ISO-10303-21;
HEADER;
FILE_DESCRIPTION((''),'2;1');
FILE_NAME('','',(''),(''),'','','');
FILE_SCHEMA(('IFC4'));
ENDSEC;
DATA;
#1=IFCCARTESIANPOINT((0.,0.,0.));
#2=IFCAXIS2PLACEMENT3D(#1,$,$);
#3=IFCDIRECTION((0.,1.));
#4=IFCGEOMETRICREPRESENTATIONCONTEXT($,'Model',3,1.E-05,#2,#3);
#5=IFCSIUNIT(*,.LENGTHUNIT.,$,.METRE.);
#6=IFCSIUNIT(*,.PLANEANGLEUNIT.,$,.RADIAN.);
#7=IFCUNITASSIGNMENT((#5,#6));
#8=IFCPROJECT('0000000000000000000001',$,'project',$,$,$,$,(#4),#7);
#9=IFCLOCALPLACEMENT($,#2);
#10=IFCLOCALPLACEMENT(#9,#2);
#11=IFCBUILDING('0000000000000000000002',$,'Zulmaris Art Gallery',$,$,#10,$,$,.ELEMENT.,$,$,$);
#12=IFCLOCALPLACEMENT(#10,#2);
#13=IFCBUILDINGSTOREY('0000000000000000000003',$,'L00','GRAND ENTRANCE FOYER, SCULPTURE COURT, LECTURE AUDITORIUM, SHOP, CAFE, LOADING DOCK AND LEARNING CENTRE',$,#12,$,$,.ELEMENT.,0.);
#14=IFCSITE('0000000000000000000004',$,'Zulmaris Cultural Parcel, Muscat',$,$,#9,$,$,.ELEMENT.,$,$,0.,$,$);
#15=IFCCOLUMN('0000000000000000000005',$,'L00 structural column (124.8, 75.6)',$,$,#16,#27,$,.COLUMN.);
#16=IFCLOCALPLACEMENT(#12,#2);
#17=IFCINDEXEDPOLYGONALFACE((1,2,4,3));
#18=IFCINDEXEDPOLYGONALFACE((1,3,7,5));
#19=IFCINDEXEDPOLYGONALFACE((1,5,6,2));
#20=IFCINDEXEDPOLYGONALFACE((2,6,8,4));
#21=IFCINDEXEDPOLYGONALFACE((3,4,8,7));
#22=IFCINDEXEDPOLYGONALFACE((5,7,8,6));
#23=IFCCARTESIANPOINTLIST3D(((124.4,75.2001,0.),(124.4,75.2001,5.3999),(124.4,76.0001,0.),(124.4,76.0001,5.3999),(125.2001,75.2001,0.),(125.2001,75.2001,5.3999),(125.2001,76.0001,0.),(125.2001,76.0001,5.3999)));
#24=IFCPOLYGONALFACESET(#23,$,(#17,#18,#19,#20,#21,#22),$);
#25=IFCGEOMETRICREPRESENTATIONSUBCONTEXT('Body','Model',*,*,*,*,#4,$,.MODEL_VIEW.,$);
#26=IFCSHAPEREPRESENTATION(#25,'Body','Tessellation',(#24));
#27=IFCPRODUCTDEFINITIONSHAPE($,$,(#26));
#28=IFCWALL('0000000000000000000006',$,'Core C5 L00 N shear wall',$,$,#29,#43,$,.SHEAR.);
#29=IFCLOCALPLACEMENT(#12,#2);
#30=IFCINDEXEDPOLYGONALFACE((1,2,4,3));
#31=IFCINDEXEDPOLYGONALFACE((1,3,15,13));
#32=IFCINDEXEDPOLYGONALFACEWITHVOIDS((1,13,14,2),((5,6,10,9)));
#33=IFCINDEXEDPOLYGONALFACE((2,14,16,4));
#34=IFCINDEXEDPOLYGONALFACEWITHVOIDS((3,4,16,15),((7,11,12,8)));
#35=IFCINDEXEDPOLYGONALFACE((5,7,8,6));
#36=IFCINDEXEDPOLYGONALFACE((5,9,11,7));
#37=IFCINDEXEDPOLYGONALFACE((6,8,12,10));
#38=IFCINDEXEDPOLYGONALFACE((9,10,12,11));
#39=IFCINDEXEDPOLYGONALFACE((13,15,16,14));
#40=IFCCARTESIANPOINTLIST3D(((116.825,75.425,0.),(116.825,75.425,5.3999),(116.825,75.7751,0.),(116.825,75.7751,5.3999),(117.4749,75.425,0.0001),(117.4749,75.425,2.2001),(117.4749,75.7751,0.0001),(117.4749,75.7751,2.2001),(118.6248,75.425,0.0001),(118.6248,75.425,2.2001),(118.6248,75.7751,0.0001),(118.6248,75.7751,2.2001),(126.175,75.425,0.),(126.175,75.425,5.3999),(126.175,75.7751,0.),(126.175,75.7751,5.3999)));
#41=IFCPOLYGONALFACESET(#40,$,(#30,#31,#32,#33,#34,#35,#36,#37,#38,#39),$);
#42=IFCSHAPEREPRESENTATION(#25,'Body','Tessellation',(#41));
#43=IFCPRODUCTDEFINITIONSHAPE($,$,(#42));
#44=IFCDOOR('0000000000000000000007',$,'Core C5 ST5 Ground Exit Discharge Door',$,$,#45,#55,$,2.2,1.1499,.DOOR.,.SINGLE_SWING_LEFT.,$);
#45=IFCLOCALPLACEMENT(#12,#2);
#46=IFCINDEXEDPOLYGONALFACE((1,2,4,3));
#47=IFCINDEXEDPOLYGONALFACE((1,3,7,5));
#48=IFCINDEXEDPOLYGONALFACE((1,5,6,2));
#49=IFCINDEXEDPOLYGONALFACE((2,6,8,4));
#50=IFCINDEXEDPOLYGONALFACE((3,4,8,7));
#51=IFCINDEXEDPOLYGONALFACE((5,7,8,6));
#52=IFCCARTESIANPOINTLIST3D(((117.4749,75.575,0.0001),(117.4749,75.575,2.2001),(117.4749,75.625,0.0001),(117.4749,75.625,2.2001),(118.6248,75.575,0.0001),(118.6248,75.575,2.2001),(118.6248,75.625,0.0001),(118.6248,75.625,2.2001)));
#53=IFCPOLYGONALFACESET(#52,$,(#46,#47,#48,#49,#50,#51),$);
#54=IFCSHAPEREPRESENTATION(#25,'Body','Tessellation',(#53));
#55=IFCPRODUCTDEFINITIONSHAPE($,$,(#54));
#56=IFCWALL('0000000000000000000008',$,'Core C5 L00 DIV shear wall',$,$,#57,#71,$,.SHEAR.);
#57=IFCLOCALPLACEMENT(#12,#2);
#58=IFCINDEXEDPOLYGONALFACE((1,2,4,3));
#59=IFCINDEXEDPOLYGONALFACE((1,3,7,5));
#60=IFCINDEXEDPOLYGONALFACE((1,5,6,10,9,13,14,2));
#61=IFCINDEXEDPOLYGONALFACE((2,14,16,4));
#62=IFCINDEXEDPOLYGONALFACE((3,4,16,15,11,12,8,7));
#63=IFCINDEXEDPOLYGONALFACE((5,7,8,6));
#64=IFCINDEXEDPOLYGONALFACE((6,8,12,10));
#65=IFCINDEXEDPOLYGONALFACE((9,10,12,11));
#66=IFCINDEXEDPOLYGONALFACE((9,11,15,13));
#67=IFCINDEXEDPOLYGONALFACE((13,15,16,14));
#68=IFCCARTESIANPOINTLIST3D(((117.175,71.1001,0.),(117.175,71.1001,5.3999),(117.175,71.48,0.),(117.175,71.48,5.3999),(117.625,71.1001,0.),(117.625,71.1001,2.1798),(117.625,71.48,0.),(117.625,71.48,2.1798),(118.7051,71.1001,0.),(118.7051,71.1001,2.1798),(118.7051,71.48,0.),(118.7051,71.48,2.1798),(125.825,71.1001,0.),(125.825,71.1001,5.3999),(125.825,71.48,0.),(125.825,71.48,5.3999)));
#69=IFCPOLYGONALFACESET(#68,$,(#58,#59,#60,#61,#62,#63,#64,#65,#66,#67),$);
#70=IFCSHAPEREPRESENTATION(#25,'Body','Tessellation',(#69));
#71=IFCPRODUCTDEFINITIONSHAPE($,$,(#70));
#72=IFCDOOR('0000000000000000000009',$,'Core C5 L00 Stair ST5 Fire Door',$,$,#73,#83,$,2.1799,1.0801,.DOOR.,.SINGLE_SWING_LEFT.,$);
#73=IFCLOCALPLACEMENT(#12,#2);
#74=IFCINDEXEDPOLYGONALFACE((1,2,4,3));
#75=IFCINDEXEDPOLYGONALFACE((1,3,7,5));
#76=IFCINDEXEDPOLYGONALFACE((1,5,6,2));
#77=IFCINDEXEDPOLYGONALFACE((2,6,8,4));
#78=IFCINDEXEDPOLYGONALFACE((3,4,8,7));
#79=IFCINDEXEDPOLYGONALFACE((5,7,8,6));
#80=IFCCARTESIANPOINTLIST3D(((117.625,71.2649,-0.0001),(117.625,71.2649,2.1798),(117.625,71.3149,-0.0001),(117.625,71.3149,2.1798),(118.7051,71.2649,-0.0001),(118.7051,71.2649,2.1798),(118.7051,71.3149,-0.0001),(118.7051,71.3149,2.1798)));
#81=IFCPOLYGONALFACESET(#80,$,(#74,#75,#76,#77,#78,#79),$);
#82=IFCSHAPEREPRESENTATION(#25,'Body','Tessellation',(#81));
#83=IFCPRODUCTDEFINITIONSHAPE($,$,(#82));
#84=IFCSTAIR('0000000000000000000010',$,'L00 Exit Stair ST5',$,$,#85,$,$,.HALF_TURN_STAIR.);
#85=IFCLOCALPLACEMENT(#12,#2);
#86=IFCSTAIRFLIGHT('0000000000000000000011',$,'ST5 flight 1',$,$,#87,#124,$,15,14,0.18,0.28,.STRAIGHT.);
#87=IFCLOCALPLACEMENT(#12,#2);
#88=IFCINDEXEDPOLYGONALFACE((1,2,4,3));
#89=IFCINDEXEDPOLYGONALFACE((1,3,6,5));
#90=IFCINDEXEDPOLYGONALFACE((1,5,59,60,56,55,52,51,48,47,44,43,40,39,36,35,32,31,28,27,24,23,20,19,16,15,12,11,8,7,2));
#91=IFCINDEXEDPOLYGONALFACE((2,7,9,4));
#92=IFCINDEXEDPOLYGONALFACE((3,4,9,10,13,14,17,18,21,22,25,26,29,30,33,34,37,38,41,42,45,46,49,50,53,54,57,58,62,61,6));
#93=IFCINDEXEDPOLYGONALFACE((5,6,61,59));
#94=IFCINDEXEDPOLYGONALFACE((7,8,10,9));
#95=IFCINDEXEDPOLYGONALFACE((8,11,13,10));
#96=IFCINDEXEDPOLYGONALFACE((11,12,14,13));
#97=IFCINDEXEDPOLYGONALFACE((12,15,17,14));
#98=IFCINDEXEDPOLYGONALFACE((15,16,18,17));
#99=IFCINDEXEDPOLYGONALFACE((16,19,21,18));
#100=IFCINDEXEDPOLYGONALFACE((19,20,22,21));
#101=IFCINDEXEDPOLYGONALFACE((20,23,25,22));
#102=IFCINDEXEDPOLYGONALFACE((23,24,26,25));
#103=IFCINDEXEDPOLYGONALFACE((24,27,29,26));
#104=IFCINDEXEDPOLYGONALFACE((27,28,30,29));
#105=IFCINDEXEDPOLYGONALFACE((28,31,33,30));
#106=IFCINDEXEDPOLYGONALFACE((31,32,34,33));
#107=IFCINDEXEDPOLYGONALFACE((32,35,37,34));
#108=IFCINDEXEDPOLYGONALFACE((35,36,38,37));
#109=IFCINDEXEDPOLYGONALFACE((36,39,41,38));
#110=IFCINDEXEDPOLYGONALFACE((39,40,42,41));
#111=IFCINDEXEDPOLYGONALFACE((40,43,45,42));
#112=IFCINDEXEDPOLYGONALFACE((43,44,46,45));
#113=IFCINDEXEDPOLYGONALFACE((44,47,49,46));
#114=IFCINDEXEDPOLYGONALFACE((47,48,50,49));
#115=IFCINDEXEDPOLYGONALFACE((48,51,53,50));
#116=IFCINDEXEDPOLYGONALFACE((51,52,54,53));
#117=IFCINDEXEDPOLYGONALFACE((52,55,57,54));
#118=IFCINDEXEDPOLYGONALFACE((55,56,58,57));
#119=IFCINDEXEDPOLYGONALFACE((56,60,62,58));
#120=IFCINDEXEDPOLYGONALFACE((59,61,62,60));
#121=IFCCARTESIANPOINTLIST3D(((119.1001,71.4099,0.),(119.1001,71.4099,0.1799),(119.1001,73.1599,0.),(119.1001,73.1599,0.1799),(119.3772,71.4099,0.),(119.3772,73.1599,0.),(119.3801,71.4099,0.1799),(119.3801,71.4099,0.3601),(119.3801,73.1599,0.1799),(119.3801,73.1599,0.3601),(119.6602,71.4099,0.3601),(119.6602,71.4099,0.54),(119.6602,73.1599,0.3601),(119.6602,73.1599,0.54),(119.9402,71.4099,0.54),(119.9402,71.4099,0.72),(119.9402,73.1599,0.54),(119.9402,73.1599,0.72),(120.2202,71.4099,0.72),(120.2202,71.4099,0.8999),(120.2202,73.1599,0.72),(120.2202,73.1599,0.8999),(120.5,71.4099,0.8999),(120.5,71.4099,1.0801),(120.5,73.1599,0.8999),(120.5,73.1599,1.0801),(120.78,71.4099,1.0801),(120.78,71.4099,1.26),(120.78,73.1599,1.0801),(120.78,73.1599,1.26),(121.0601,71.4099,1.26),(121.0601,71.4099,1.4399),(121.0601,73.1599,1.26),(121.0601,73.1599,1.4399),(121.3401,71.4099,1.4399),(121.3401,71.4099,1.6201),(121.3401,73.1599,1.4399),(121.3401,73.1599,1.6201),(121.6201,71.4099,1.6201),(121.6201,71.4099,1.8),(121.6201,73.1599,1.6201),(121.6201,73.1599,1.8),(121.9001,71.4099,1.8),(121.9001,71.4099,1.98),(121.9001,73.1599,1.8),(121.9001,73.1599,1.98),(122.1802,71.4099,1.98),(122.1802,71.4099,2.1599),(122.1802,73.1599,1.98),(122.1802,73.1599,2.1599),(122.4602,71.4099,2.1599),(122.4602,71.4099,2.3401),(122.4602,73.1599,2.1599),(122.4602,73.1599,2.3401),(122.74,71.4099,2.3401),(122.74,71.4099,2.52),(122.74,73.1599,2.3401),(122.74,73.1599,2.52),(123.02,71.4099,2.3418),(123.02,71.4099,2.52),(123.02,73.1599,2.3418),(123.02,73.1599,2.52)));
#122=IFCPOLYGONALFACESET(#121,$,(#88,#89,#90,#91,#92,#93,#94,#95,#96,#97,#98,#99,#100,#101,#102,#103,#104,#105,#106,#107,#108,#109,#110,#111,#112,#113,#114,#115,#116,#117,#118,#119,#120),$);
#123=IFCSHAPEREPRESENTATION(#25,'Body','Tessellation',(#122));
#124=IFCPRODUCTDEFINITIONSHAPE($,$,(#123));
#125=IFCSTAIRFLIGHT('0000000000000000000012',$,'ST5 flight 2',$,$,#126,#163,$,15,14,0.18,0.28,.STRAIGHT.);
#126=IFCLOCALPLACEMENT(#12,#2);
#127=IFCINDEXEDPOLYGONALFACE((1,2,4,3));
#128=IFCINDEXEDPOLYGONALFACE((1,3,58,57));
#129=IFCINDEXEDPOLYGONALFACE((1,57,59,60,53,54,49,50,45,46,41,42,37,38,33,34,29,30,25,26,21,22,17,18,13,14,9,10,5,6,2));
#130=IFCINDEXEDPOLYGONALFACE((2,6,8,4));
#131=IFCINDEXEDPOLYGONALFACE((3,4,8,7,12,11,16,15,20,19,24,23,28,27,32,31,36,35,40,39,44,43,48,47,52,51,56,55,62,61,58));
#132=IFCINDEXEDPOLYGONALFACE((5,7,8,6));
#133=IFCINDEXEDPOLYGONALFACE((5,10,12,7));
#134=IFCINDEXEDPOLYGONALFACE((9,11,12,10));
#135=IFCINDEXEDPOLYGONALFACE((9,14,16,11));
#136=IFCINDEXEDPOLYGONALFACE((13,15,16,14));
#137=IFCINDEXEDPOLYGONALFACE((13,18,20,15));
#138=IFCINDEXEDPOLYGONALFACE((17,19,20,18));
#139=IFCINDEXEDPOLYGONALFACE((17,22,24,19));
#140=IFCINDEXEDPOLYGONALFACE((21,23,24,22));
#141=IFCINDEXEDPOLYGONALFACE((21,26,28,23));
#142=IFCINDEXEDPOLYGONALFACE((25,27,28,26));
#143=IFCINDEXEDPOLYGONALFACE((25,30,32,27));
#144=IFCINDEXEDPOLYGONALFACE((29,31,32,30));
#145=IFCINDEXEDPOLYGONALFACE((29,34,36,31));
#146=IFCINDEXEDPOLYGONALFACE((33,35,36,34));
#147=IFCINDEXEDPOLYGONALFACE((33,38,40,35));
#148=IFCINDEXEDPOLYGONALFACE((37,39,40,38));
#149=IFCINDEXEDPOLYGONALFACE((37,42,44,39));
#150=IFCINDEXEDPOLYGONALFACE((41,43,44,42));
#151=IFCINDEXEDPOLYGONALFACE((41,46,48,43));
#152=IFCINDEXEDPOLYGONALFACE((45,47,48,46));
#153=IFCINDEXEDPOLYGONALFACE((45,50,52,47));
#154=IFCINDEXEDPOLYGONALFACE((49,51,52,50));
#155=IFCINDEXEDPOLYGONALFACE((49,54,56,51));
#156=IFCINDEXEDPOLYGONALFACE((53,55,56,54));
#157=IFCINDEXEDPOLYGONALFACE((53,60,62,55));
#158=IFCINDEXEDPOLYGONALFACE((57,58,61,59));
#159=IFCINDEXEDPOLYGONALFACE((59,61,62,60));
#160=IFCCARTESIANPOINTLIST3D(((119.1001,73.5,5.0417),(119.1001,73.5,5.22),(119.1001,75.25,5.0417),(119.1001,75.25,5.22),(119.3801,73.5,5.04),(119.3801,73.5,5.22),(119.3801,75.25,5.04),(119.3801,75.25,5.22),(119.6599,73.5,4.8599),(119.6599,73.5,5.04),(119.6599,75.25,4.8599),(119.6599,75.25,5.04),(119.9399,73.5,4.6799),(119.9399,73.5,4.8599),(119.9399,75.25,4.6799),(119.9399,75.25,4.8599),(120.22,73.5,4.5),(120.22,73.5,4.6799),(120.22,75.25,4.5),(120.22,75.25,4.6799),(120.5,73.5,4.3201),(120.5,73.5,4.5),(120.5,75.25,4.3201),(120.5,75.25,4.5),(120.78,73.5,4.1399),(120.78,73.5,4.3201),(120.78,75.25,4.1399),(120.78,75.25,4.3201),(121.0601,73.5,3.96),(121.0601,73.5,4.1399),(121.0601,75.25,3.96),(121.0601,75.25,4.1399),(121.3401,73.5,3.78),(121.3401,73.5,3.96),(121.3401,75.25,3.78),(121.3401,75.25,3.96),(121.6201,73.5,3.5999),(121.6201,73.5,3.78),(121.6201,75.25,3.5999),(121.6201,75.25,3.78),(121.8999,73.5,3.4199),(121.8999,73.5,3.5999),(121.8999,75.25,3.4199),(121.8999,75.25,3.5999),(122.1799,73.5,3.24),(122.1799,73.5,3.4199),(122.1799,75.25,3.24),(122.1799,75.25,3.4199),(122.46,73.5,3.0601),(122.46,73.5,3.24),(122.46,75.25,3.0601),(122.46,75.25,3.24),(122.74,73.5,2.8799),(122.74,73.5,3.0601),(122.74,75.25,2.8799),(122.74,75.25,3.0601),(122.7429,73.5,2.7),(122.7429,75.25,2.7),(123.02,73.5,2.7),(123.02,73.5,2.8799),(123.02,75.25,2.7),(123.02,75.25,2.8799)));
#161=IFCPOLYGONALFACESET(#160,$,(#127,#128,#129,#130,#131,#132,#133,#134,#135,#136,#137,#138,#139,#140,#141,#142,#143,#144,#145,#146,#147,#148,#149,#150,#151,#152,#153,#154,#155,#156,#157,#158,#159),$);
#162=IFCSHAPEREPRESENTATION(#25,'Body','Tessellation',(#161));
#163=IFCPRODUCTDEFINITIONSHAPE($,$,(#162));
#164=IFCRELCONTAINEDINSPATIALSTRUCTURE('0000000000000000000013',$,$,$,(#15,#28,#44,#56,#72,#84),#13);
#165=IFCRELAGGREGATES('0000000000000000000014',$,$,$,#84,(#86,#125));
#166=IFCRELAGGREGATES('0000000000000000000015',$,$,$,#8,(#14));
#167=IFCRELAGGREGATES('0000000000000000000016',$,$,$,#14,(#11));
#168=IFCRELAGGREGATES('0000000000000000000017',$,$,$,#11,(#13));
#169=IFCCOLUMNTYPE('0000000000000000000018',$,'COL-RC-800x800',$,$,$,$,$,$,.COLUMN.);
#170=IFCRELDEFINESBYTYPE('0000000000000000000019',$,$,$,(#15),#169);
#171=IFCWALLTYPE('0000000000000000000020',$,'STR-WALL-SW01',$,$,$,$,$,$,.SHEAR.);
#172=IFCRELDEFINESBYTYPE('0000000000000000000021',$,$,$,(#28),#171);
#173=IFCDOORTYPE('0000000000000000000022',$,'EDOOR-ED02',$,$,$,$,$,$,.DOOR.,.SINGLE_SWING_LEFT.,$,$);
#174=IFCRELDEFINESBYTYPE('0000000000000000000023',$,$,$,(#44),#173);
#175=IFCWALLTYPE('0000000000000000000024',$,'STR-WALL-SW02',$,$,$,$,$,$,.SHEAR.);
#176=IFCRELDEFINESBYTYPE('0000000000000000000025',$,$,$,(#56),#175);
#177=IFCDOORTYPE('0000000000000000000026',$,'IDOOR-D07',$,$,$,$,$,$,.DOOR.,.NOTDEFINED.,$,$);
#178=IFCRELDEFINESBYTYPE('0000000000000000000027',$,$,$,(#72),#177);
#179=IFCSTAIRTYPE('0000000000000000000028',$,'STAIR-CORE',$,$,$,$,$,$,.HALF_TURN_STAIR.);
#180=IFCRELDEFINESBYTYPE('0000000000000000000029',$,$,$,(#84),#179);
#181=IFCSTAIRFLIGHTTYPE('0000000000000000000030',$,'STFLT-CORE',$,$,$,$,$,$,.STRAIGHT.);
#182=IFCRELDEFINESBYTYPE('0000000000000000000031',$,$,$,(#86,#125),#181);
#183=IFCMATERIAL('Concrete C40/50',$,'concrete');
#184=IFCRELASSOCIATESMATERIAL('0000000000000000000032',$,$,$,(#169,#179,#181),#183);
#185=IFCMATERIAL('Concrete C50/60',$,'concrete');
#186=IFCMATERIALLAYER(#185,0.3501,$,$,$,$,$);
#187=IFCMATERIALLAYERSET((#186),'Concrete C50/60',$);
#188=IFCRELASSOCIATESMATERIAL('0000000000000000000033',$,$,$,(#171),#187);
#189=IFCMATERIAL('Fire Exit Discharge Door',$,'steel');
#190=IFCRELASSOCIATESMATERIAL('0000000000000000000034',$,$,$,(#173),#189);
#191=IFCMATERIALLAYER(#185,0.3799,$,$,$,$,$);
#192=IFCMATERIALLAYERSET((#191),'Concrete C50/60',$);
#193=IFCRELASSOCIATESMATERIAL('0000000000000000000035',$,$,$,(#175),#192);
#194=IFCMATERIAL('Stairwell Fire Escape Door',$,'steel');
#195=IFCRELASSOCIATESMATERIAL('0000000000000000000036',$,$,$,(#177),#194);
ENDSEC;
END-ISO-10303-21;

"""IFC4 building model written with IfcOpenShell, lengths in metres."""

from ifc_helpers import new_model, si_unit, direction, frame, frame_2d, origin, origin_2d, place, context, subcontext, project, spatial, polyline, rectangle, outline, extrude, material, layer, layer_set, material_profile, profile_set, type_object, element, fill, aggregate, save


model = new_model("IFC4")

# Units and contexts
model_context = context("Model", 3, precision=1e-05, world=origin(), true_north=direction((0.0, 1.0)))
body_context = subcontext(model_context, "Body", "Model", "MODEL_VIEW")
ifc_project = project(units=[si_unit("LENGTHUNIT", "METRE"), si_unit("PLANEANGLEUNIT", "RADIAN")], contexts=[model_context])

# Site, building, storey
site_placement = place(None, origin())
site = spatial("IfcSite", under=ifc_project, at=site_placement, Name="Zulmaris Cultural Parcel, Muscat", CompositionType="ELEMENT", RefElevation=0.0)
building_placement = place(site_placement, origin())
building = spatial("IfcBuilding", under=site, at=building_placement, Name="Zulmaris Art Gallery", CompositionType="ELEMENT")
storey_placement = place(building_placement, origin())
storey = spatial("IfcBuildingStorey", under=building, at=storey_placement, Name="L00", Description="GRAND ENTRANCE FOYER, SCULPTURE COURT, LECTURE AUDITORIUM, SHOP, CAFE, LOADING DOCK AND LEARNING CENTRE", CompositionType="ELEMENT", Elevation=0.0)

# Shared definitions
ifc_material_1 = material(Name="Concrete C40/50", Category="concrete")

# Column
ifc_material_profile_1 = material_profile(ifc_material_1, rectangle(XDim=0.8, YDim=0.8, at=origin_2d()), Name="RC 800x800")
ifc_profile_set_1 = profile_set([ifc_material_profile_1], Name="Concrete C40/50")
column_type = type_object("IfcColumnType", Name="COL-RC-800x800", PredefinedType="COLUMN", material=ifc_profile_set_1)
for number, where, z_axis, x_axis, name in (
    (1, (124.8, 75.6001, 0.0), (0.0, 0.0, 1.0), (1.0, 0.0, 0.0), "L00 structural column (124.8, 75.6)"),
):
    element("IfcColumn", number, at=place(storey_placement, frame(where, z_axis=z_axis, x_axis=x_axis)), inside=storey, type_object=column_type, Name=name, PredefinedType="COLUMN", context=body_context, shape_type="SweptSolid", body=[
        extrude(rectangle(XDim=0.8, YDim=0.8, at=origin_2d()), origin(), (0.0, 0.0, 1.0), 5.3999),
    ])

# Walls, openings, doors
ifc_material_2 = material(Name="Concrete C50/60", Category="concrete")
ifc_layer_1 = layer(ifc_material_2, 0.3501)
ifc_layer_set_1 = layer_set([ifc_layer_1], Name="Concrete C50/60")
wall_type_1 = type_object("IfcWallType", Name="STR-WALL-SW01", PredefinedType="SHEAR", material=ifc_layer_set_1)
wall_1_placement = place(storey_placement, frame((116.825, 75.6001, 0.0), z_axis=(0.0, 0.0, 1.0), x_axis=(1.0, 0.0, 0.0)))
wall_1 = element("IfcWall", 2, at=wall_1_placement, inside=storey, type_object=wall_type_1, Name="Core C5 L00 N shear wall", PredefinedType="SHEAR", context=body_context, shape_type="SweptSolid", body=[
    extrude(rectangle(XDim=9.3501, YDim=0.3501, at=frame_2d((4.675, 0.0))), origin(), (0.0, 0.0, 1.0), 5.3999),
])
opening_1_placement = place(wall_1_placement, frame((0.6499, 0.0, 0.0)))
opening_1 = element("IfcOpeningElement", 3, at=opening_1_placement, cuts=wall_1, PredefinedType="OPENING", context=body_context, shape_type="SweptSolid", body=[
    extrude(rectangle(XDim=1.1499, YDim=2.2, at=frame_2d((0.575, 1.1001))), frame((0.0, 0.1851, 0.0), z_axis=(0.0, -1.0, 0.0), x_axis=(1.0, 0.0, 0.0)), (0.0, 0.0, 1.0), 0.3701),
])
ifc_material_3 = material(Name="Fire Exit Discharge Door", Category="steel")
door_type_1 = type_object("IfcDoorType", Name="EDOOR-ED02", OperationType="SINGLE_SWING_LEFT", PredefinedType="DOOR", material=ifc_material_3)
door_1_placement = place(opening_1_placement, origin())
door_1 = element("IfcDoor", 4, at=door_1_placement, inside=storey, type_object=door_type_1, Name="Core C5 ST5 Ground Exit Discharge Door", OperationType="SINGLE_SWING_LEFT", OverallHeight=2.2, OverallWidth=1.1499, PredefinedType="DOOR", context=body_context, shape_type="SweptSolid", body=[
    extrude(rectangle(XDim=1.1499, YDim=2.2, at=frame_2d((0.575, 1.1001))), frame((0.0, 0.0249, 0.0), z_axis=(0.0, -1.0, 0.0), x_axis=(1.0, 0.0, 0.0)), (0.0, 0.0, 1.0), 0.05),
])
fill(opening_1, door_1)
ifc_layer_2 = layer(ifc_material_2, 0.3799)
ifc_layer_set_2 = layer_set([ifc_layer_2], Name="Concrete C50/60")
wall_type_2 = type_object("IfcWallType", Name="STR-WALL-SW02", PredefinedType="SHEAR", material=ifc_layer_set_2)
wall_2_placement = place(storey_placement, frame((117.175, 71.29, 0.0), z_axis=(0.0, 0.0, 1.0), x_axis=(1.0, 0.0, 0.0)))
wall_2 = element("IfcWall", 5, at=wall_2_placement, inside=storey, type_object=wall_type_2, Name="Core C5 L00 DIV shear wall", PredefinedType="SHEAR", context=body_context, shape_type="SweptSolid", body=[
    extrude(rectangle(XDim=8.6499, YDim=0.3799, at=frame_2d((4.325, 0.0))), origin(), (0.0, 0.0, 1.0), 5.3999),
])
opening_2_placement = place(wall_2_placement, frame((0.45, 0.0, 0.0)))
opening_2 = element("IfcOpeningElement", 6, at=opening_2_placement, cuts=wall_2, PredefinedType="OPENING", context=body_context, shape_type="SweptSolid", body=[
    extrude(rectangle(XDim=1.0801, YDim=2.1799, at=frame_2d((0.54, 1.0898))), frame((0.0, 0.2, 0.0), z_axis=(0.0, -1.0, 0.0), x_axis=(1.0, 0.0, 0.0)), (0.0, 0.0, 1.0), 0.3999),
])
ifc_material_4 = material(Name="Stairwell Fire Escape Door", Category="steel")
door_type_2 = type_object("IfcDoorType", Name="IDOOR-D07", OperationType="NOTDEFINED", PredefinedType="DOOR", material=ifc_material_4)
door_2_placement = place(opening_2_placement, origin())
door_2 = element("IfcDoor", 7, at=door_2_placement, inside=storey, type_object=door_type_2, Name="Core C5 L00 Stair ST5 Fire Door", OperationType="SINGLE_SWING_LEFT", OverallHeight=2.1799, OverallWidth=1.0801, PredefinedType="DOOR", context=body_context, shape_type="SweptSolid", body=[
    extrude(rectangle(XDim=1.0801, YDim=2.1799, at=frame_2d((0.54, 1.0898))), frame((0.0, 0.0249, 0.0), z_axis=(0.0, -1.0, 0.0), x_axis=(1.0, 0.0, 0.0)), (0.0, 0.0, 1.0), 0.05),
])
fill(opening_2, door_2)

# Stair, stair flights
stair_type = type_object("IfcStairType", Name="STAIR-CORE", PredefinedType="HALF_TURN_STAIR", material=ifc_material_1)
stair_placement = place(storey_placement, origin())
stair = element("IfcStair", 8, at=stair_placement, inside=storey, type_object=stair_type, Name="L00 Exit Stair ST5", PredefinedType="HALF_TURN_STAIR")
stair_flight_type = type_object("IfcStairFlightType", Name="STFLT-CORE", PredefinedType="STRAIGHT", material=ifc_material_1)
stair_flight_1_placement = place(storey_placement, frame((119.1001, 72.2849, 0.0), z_axis=(0.0, 0.0, 1.0), x_axis=(1.0, 0.0, 0.0)))
stair_flight_1 = element("IfcStairFlight", 9, at=stair_flight_1_placement, type_object=stair_flight_type, Name="ST5 flight 1", NumberOfRisers=15, NumberOfTreads=14, PredefinedType="STRAIGHT", RiserHeight=0.18, TreadLength=0.28, context=body_context, shape_type="SweptSolid", body=[
    extrude(outline(polyline([(0.0, 0.0), (0.0, 0.1799), (0.28, 0.1799), (0.28, 0.3601), (0.5601, 0.3601), (0.5601, 0.54), (0.8401, 0.54), (0.8401, 0.72), (1.1201, 0.72), (1.1201, 0.8999), (1.3999, 0.8999), (1.3999, 1.0801), (1.6799, 1.0801), (1.6799, 1.26), (1.96, 1.26), (1.96, 1.4399), (2.24, 1.4399), (2.24, 1.6201), (2.52, 1.6201), (2.52, 1.8), (2.8, 1.8), (2.8, 1.98), (3.0801, 1.98), (3.0801, 2.1599), (3.3601, 2.1599), (3.3601, 2.3401), (3.6399, 2.3401), (3.6399, 2.52), (3.9199, 2.52), (3.9199, 2.7), (3.9199, 2.3418), (0.2771, 0.0), (0.0, 0.0)])), frame((0.0, 0.875, 0.0), z_axis=(0.0, -1.0, 0.0), x_axis=(1.0, 0.0, 0.0)), (0.0, 0.0, 1.0), 1.75),
])
stair_flight_2_placement = place(storey_placement, frame((123.02, 74.375, 2.7), z_axis=(0.0, 0.0, 1.0), x_axis=(-1.0, 0.0, 0.0)))
stair_flight_2 = element("IfcStairFlight", 10, at=stair_flight_2_placement, type_object=stair_flight_type, Name="ST5 flight 2", NumberOfRisers=15, NumberOfTreads=14, PredefinedType="STRAIGHT", RiserHeight=0.18, TreadLength=0.28, context=body_context, shape_type="SweptSolid", body=[
    extrude(outline(polyline([(0.0, 0.0), (0.0, 0.1799), (0.28, 0.1799), (0.28, 0.3601), (0.5601, 0.3601), (0.5601, 0.54), (0.8401, 0.54), (0.8401, 0.72), (1.1201, 0.72), (1.1201, 0.8999), (1.3999, 0.8999), (1.3999, 1.0801), (1.6799, 1.0801), (1.6799, 1.26), (1.96, 1.26), (1.96, 1.4399), (2.24, 1.4399), (2.24, 1.6201), (2.52, 1.6201), (2.52, 1.8), (2.8, 1.8), (2.8, 1.98), (3.0801, 1.98), (3.0801, 2.1599), (3.3601, 2.1599), (3.3601, 2.3401), (3.6399, 2.3401), (3.6399, 2.52), (3.9199, 2.52), (3.9199, 2.7), (3.9199, 2.3418), (0.2771, 0.0), (0.0, 0.0)])), frame((0.0, 0.875, 0.0), z_axis=(0.0, -1.0, 0.0), x_axis=(1.0, 0.0, 0.0)), (0.0, 0.0, 1.0), 1.75),
])
aggregate(stair, [stair_flight_1, stair_flight_2])

save(model, "model.ifc")
